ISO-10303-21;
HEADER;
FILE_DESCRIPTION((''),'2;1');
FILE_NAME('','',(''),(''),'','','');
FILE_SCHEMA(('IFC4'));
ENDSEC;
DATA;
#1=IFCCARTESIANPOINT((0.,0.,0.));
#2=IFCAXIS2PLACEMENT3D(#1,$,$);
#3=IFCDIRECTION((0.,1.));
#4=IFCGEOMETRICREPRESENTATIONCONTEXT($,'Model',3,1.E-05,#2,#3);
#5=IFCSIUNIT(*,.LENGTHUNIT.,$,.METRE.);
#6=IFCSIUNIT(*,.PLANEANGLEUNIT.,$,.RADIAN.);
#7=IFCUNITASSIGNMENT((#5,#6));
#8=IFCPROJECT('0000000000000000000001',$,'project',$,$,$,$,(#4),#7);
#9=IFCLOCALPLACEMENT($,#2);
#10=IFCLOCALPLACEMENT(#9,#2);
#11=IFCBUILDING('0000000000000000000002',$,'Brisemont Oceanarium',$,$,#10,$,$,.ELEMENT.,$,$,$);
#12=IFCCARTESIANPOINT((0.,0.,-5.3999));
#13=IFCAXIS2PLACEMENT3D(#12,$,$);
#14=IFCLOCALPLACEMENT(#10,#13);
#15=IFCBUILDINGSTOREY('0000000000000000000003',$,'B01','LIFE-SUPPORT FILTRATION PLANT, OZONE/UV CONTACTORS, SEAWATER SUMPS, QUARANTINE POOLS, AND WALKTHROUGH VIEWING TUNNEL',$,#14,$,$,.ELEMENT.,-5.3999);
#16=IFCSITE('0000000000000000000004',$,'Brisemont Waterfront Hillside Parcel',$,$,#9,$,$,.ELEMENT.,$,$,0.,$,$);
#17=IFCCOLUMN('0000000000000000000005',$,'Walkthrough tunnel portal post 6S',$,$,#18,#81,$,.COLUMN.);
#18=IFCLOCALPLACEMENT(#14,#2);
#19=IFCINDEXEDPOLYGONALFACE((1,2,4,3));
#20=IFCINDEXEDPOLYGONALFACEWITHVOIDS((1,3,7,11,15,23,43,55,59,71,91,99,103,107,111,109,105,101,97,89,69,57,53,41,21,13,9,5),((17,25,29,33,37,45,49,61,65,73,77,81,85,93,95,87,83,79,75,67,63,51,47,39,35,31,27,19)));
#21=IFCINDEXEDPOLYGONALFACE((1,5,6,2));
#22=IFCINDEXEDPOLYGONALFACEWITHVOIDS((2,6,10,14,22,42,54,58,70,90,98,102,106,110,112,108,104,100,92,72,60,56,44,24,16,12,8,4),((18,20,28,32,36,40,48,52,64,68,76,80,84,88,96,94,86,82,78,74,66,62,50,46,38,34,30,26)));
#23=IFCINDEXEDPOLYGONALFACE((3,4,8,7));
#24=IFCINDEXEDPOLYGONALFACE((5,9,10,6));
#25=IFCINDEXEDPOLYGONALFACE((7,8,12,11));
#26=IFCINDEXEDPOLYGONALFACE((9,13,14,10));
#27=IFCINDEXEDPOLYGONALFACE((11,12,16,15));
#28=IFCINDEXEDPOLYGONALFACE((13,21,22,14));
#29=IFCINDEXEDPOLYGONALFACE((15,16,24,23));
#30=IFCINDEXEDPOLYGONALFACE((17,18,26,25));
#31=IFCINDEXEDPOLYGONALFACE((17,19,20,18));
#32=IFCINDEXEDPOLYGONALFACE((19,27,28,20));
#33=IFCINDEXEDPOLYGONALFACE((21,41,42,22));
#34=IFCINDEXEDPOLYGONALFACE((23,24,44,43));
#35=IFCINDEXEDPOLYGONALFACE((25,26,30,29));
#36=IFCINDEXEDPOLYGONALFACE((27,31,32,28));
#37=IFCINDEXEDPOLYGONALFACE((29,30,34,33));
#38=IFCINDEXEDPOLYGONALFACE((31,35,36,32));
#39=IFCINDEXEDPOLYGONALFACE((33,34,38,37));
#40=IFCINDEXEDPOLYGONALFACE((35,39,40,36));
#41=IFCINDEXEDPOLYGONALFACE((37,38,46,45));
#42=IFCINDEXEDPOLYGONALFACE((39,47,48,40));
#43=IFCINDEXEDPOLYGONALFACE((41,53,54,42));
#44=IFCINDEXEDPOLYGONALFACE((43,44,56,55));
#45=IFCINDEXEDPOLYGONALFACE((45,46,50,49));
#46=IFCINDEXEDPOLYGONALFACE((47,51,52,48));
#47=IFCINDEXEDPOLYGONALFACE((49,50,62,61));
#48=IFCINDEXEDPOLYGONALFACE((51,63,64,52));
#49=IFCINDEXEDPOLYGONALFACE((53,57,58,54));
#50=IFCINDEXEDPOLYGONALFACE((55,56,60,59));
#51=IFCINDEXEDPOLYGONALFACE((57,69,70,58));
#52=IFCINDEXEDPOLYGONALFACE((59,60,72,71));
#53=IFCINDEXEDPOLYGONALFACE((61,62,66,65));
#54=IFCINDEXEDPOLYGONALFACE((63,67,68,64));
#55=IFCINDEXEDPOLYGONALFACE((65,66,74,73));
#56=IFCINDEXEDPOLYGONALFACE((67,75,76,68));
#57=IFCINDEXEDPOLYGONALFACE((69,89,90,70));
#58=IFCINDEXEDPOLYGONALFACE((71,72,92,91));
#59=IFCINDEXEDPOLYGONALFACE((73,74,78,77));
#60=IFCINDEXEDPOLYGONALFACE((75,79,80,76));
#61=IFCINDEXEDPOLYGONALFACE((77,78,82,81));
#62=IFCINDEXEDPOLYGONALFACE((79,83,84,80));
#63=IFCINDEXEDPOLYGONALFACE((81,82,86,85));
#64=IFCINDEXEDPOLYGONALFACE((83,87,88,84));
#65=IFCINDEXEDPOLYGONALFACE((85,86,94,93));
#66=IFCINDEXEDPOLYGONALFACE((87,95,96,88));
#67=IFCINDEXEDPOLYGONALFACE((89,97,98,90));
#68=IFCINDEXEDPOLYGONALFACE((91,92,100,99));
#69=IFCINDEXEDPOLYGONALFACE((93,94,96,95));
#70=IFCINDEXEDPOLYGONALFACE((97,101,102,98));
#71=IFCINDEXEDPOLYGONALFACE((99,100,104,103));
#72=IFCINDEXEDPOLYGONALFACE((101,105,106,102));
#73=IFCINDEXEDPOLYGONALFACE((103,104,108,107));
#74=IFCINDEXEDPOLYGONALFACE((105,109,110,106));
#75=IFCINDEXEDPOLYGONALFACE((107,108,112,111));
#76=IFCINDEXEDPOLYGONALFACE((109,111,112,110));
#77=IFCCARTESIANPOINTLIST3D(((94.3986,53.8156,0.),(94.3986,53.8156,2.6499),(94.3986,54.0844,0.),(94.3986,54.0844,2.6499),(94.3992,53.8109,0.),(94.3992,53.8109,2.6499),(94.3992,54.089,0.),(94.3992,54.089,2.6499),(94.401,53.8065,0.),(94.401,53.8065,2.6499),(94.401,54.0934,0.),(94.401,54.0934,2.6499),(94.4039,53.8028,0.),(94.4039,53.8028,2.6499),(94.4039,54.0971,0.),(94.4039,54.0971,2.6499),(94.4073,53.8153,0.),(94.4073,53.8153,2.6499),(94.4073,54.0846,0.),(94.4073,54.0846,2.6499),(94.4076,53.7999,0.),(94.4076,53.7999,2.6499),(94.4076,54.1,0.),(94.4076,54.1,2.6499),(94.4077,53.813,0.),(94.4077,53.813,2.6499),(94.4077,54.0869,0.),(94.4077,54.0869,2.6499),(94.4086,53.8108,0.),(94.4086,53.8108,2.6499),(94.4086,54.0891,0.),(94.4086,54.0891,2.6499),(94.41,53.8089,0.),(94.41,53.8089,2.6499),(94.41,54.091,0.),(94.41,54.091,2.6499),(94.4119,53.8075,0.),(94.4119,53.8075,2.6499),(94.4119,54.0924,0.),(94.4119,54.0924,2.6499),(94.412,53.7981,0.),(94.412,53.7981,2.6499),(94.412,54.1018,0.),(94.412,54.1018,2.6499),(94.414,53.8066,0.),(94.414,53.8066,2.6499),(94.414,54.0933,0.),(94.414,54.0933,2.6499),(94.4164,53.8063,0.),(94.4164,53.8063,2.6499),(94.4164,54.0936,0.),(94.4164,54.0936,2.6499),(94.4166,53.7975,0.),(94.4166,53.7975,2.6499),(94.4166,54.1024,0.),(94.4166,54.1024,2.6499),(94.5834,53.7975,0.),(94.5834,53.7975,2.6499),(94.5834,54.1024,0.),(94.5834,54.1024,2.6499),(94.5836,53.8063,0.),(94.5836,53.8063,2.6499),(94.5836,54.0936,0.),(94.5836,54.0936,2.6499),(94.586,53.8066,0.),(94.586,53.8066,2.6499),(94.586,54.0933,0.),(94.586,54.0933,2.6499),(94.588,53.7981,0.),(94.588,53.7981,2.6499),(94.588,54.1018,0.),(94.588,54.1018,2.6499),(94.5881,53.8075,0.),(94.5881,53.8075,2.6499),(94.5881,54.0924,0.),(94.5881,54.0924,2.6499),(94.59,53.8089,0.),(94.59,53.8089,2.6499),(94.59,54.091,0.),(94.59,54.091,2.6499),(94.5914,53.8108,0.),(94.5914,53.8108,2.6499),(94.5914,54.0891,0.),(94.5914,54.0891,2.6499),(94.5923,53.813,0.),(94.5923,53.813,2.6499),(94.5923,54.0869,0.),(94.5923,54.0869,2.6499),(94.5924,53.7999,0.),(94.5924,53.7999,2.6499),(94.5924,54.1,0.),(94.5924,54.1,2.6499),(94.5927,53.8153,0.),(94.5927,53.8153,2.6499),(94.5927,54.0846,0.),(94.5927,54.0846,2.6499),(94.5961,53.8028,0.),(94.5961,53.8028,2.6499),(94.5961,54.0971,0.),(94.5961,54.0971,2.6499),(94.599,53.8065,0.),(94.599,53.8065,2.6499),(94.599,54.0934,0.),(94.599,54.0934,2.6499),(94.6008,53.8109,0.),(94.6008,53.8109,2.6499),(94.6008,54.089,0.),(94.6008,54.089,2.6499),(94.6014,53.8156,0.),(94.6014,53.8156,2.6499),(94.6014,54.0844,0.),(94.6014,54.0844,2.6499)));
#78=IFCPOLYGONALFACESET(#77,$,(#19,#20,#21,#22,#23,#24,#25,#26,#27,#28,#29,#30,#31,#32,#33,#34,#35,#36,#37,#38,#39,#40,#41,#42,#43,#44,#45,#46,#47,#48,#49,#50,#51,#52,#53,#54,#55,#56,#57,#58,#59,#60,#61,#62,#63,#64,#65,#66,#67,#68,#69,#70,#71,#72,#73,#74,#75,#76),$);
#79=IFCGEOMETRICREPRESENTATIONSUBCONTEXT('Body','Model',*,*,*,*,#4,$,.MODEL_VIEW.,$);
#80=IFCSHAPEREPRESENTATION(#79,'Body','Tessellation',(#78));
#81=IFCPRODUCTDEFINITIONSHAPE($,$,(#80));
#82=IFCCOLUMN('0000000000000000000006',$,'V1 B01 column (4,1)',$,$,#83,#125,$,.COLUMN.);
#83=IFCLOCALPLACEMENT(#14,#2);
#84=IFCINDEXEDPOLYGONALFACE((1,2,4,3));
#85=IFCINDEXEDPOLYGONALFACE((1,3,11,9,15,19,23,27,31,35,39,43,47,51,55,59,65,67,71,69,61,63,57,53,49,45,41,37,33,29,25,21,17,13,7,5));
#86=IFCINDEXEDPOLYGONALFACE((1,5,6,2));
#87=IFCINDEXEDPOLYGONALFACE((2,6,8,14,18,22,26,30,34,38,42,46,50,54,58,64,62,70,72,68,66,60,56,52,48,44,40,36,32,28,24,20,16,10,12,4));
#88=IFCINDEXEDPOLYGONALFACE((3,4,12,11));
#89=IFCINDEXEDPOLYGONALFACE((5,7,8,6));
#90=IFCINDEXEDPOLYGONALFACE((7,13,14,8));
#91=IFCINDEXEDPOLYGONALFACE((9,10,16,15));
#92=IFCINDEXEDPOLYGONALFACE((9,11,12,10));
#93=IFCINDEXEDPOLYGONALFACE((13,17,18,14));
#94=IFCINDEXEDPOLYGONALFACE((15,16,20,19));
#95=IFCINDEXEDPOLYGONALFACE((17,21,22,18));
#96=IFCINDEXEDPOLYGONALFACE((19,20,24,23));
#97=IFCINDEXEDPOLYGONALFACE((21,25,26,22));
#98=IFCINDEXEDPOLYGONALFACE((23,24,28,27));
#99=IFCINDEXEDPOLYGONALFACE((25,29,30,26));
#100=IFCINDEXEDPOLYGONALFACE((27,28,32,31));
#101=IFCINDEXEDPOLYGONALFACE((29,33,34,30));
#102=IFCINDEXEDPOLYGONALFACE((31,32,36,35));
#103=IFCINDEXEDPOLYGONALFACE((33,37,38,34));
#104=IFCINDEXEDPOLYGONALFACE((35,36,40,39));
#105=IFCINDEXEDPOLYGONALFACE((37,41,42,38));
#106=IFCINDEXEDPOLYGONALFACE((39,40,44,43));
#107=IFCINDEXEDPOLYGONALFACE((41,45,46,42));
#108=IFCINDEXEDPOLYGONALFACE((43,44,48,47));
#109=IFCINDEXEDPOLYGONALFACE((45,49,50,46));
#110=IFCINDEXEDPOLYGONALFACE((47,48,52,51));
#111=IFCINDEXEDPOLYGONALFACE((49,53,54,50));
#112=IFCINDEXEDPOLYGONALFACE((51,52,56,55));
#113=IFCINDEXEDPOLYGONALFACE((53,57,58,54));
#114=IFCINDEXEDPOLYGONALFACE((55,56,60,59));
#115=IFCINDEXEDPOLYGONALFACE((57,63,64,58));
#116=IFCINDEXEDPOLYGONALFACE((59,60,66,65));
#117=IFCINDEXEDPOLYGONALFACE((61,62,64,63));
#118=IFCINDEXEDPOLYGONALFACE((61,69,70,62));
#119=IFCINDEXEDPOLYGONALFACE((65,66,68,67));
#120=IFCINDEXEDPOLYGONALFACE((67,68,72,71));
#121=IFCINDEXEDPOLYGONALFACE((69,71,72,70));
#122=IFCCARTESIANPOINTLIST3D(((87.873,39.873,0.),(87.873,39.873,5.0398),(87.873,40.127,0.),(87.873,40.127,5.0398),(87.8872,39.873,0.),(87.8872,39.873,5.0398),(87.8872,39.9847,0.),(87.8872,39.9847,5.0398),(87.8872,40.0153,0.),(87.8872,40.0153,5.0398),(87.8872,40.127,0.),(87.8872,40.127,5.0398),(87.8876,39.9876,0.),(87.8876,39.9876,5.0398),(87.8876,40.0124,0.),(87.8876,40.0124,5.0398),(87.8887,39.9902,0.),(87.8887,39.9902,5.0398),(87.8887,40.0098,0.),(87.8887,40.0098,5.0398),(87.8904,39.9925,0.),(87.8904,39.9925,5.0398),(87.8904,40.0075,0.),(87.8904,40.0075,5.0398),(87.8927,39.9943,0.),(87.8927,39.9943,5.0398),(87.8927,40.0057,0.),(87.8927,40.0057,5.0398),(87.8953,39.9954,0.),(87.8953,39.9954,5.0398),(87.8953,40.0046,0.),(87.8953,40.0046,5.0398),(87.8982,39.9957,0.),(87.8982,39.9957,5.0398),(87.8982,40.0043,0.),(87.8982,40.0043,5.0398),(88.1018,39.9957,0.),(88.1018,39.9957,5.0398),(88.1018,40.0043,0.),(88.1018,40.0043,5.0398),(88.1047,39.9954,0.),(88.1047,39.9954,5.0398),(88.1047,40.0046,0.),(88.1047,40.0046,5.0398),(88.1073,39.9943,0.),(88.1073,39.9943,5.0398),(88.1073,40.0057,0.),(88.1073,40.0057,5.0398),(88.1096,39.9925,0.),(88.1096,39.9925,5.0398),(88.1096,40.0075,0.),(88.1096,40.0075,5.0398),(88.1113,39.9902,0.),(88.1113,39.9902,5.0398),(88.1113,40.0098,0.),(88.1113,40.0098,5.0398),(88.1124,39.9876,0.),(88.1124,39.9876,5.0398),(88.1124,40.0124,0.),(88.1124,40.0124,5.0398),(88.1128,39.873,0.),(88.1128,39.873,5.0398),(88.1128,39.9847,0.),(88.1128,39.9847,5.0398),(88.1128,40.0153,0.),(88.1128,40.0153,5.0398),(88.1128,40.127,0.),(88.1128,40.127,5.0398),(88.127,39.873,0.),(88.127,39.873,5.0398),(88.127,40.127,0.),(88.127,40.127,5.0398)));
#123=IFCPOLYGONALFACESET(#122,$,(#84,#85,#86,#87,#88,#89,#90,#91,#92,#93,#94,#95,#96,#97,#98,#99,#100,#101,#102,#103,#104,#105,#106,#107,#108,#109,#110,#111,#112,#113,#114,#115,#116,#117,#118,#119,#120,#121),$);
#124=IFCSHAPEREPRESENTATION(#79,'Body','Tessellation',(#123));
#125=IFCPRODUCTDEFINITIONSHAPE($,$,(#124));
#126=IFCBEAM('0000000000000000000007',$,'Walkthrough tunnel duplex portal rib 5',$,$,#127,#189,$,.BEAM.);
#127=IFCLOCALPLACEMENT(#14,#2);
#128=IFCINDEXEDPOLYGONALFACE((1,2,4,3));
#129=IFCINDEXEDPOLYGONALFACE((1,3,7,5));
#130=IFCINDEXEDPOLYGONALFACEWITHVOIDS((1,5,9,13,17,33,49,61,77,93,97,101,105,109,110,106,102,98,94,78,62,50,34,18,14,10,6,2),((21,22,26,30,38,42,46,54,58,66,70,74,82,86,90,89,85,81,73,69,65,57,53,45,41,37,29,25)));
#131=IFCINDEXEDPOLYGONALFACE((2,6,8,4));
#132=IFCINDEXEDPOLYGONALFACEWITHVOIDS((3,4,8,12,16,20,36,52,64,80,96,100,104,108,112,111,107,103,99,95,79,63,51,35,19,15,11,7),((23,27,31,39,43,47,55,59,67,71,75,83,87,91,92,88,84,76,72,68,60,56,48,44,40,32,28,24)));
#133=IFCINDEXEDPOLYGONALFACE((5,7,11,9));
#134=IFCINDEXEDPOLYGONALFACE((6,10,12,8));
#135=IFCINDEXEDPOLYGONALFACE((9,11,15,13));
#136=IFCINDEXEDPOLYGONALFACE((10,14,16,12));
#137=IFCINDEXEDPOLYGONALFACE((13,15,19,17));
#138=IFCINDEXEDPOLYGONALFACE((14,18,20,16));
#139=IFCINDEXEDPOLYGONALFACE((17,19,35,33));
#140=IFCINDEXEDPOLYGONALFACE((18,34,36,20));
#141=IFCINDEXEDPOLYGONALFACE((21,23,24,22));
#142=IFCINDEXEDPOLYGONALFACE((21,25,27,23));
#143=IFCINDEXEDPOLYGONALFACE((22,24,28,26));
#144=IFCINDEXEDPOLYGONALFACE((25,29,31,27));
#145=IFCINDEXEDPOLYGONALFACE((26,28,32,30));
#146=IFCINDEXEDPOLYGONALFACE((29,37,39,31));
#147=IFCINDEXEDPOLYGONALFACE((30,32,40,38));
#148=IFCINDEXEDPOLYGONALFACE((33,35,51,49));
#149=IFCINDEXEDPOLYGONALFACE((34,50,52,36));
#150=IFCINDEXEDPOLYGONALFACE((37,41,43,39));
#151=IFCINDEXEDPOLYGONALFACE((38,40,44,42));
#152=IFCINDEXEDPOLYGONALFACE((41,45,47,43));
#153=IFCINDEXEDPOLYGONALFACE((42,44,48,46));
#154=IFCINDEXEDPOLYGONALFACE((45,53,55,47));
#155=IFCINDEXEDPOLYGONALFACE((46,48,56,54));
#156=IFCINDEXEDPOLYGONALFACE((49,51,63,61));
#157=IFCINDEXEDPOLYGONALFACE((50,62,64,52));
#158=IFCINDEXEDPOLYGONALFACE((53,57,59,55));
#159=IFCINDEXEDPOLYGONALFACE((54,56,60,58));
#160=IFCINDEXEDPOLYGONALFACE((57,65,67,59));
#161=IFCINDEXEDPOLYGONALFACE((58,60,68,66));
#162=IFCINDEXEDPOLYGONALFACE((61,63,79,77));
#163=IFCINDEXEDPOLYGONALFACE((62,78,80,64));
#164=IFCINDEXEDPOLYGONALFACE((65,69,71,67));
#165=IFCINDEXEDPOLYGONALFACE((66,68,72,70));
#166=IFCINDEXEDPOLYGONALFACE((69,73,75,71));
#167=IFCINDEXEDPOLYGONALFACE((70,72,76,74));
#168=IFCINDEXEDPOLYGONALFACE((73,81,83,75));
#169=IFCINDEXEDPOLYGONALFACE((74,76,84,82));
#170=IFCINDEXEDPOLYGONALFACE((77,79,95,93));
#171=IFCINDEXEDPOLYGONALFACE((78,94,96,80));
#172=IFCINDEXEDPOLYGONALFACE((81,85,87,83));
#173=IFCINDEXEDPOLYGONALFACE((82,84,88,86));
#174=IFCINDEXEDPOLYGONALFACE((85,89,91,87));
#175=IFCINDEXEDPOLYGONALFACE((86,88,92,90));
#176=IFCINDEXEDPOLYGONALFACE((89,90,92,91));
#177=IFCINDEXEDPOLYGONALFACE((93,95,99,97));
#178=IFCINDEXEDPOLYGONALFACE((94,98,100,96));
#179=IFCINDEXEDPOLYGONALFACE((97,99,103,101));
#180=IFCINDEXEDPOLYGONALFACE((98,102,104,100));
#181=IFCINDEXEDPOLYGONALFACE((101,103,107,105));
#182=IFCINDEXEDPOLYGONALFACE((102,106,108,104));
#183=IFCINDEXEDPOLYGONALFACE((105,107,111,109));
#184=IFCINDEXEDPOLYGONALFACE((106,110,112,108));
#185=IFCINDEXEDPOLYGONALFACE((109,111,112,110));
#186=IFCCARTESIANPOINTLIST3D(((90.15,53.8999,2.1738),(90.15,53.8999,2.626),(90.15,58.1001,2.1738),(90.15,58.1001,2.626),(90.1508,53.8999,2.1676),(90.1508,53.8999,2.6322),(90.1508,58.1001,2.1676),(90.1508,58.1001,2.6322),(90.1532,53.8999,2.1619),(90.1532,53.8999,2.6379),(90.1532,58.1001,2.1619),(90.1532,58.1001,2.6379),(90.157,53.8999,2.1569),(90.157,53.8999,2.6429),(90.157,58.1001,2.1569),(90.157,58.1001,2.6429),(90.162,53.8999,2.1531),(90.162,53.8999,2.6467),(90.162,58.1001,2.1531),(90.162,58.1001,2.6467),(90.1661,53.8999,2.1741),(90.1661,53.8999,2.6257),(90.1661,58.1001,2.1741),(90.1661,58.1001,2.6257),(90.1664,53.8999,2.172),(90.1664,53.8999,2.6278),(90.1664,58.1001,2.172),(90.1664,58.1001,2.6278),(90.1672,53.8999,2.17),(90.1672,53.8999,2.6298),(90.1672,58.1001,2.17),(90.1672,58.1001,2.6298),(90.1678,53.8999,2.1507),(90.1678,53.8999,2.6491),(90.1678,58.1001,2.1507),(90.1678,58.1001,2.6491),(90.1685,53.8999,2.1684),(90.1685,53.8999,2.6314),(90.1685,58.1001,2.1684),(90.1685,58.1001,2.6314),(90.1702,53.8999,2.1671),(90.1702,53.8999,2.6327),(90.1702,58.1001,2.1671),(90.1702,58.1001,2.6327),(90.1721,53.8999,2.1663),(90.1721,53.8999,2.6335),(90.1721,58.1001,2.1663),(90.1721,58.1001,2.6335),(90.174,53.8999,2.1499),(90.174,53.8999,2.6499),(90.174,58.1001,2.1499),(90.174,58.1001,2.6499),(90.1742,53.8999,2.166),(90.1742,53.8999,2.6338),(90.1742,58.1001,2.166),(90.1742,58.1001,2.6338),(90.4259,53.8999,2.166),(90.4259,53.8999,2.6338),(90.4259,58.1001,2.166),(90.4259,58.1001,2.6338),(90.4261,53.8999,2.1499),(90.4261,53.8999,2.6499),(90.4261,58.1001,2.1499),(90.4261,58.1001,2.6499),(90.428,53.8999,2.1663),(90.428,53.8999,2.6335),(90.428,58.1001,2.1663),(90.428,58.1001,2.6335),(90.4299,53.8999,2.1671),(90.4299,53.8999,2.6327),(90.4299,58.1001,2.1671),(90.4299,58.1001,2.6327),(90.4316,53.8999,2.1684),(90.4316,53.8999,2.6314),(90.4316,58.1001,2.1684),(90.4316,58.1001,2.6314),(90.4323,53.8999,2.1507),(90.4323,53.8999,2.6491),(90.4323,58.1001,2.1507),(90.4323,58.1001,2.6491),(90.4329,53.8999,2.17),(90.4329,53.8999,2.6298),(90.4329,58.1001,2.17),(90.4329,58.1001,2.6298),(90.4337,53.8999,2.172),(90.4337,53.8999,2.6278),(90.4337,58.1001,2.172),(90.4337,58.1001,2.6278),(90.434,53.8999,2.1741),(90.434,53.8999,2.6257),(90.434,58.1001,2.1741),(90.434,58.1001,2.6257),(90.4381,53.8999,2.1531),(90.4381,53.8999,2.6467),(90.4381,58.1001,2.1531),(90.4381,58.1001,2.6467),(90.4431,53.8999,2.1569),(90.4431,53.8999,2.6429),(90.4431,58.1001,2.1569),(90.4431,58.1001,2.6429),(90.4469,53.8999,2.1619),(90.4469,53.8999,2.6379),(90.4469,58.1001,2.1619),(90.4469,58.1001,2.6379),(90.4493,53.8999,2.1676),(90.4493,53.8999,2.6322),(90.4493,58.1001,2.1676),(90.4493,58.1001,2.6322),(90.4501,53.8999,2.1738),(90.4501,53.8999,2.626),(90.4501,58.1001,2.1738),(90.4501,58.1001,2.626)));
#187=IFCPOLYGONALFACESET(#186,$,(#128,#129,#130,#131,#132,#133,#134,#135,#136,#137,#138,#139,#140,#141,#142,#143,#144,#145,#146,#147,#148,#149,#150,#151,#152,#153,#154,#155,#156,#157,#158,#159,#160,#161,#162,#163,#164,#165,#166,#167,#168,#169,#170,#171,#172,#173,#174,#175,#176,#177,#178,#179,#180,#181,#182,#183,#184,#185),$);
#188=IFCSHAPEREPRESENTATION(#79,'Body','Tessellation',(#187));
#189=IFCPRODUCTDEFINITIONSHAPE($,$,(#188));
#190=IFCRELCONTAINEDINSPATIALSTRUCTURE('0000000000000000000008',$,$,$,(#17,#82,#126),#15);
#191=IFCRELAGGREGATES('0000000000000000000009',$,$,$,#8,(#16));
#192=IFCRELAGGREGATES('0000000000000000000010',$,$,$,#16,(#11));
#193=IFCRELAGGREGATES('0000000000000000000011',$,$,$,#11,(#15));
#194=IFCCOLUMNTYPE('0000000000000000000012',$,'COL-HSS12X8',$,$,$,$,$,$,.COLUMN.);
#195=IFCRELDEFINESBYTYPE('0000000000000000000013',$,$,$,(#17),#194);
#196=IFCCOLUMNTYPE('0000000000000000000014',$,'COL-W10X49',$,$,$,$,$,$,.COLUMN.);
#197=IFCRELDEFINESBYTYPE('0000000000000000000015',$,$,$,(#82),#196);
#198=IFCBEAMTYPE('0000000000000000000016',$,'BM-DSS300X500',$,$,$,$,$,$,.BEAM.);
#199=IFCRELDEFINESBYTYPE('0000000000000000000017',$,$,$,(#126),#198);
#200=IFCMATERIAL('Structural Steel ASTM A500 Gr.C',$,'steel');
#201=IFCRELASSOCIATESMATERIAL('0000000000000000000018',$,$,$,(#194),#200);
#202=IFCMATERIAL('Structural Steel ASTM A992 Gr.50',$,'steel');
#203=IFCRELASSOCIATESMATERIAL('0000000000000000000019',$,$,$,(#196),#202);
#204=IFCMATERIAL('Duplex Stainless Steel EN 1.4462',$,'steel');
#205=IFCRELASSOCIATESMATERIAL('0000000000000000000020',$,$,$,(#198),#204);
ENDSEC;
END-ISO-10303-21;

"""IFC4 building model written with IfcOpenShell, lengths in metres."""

from ifc_helpers import new_model, si_unit, direction, frame, origin, origin_2d, place, context, subcontext, project, spatial, hollow_rectangle, i_section, extrude, material, material_profile, profile_set, type_object, element, save


model = new_model("IFC4")

# Units and contexts
model_context = context("Model", 3, precision=1e-05, world=origin(), true_north=direction((0.0, 1.0)))
body_context = subcontext(model_context, "Body", "Model", "MODEL_VIEW")
ifc_project = project(units=[si_unit("LENGTHUNIT", "METRE"), si_unit("PLANEANGLEUNIT", "RADIAN")], contexts=[model_context])

# Site, building, storey
site_placement = place(None, origin())
site = spatial("IfcSite", under=ifc_project, at=site_placement, Name="Brisemont Waterfront Hillside Parcel", CompositionType="ELEMENT", RefElevation=0.0)
building_placement = place(site_placement, origin())
building = spatial("IfcBuilding", under=site, at=building_placement, Name="Brisemont Oceanarium", CompositionType="ELEMENT")
storey_placement = place(building_placement, frame((0.0, 0.0, -5.3999)))
storey = spatial("IfcBuildingStorey", under=building, at=storey_placement, Name="B01", Description="LIFE-SUPPORT FILTRATION PLANT, OZONE/UV CONTACTORS, SEAWATER SUMPS, QUARANTINE POOLS, AND WALKTHROUGH VIEWING TUNNEL", CompositionType="ELEMENT", Elevation=-5.3999)

# Columns
ifc_material_1 = material(Name="Structural Steel ASTM A500 Gr.C", Category="steel")
ifc_material_profile_1 = material_profile(ifc_material_1, hollow_rectangle(XDim=0.2029, YDim=0.3049, WallThickness=0.0088, InnerFilletRadius=0.009, OuterFilletRadius=0.0181, at=origin_2d()), Name="HSS12X8X3/8")
ifc_profile_set_1 = profile_set([ifc_material_profile_1], Name="Structural Steel ASTM A500 Gr.C")
column_type_1 = type_object("IfcColumnType", Name="COL-HSS12X8", PredefinedType="COLUMN", material=ifc_profile_set_1)
for number, where, z_axis, x_axis, name in (
    (1, (94.5, 53.95, 0.0), (0.0, 0.0, 1.0), (1.0, 0.0, 0.0), "Walkthrough tunnel portal post 6S"),
):
    element("IfcColumn", number, at=place(storey_placement, frame(where, z_axis=z_axis, x_axis=x_axis)), inside=storey, type_object=column_type_1, Name=name, PredefinedType="COLUMN", context=body_context, shape_type="SweptSolid", body=[
        extrude(hollow_rectangle(XDim=0.2029, YDim=0.3049, WallThickness=0.0088, InnerFilletRadius=0.009, OuterFilletRadius=0.0181, at=origin_2d()), origin(), (0.0, 0.0, 1.0), 2.6499),
    ])
ifc_material_2 = material(Name="Structural Steel ASTM A992 Gr.50", Category="steel")
ifc_material_profile_2 = material_profile(ifc_material_2, i_section(OverallWidth=0.2539, OverallDepth=0.2539, WebThickness=0.0085, FlangeThickness=0.0142, FilletRadius=0.011, at=origin_2d()), Name="W10X49")
ifc_profile_set_2 = profile_set([ifc_material_profile_2], Name="Structural Steel ASTM A992 Gr.50")
column_type_2 = type_object("IfcColumnType", Name="COL-W10X49", PredefinedType="COLUMN", material=ifc_profile_set_2)
column_1_placement = place(storey_placement, frame((88.0, 40.0, 0.0), z_axis=(0.0, 0.0, 1.0), x_axis=(0.0, 1.0, 0.0)))
element("IfcColumn", 2, at=column_1_placement, inside=storey, type_object=column_type_2, Name="V1 B01 column (4,1)", PredefinedType="COLUMN", context=body_context, shape_type="SweptSolid", body=[
    extrude(i_section(OverallWidth=0.2539, OverallDepth=0.2539, WebThickness=0.0085, FlangeThickness=0.0142, FilletRadius=0.011, at=origin_2d()), origin(), (0.0, 0.0, 1.0), 5.0398),
])

# Beam
ifc_material_3 = material(Name="Duplex Stainless Steel EN 1.4462", Category="steel")
ifc_material_profile_3 = material_profile(ifc_material_3, hollow_rectangle(XDim=0.3, YDim=0.5, WallThickness=0.0161, InnerFilletRadius=0.0081, OuterFilletRadius=0.0239, at=origin_2d()), Name="DSS-300X500")
ifc_profile_set_3 = profile_set([ifc_material_profile_3], Name="Duplex Stainless Steel EN 1.4462")
beam_type = type_object("IfcBeamType", Name="BM-DSS300X500", PredefinedType="BEAM", material=ifc_profile_set_3)
for number, where, z_axis, x_axis, name in (
    (3, (90.3, 53.8999, 2.3999), (0.0, 1.0, 0.0), (-1.0, 0.0, 0.0), "Walkthrough tunnel duplex portal rib 5"),
):
    element("IfcBeam", number, at=place(storey_placement, frame(where, z_axis=z_axis, x_axis=x_axis)), inside=storey, type_object=beam_type, Name=name, PredefinedType="BEAM", context=body_context, shape_type="SweptSolid", body=[
        extrude(hollow_rectangle(XDim=0.3, YDim=0.5, WallThickness=0.0161, InnerFilletRadius=0.0081, OuterFilletRadius=0.0239, at=origin_2d()), origin(), (0.0, 0.0, 1.0), 4.2002),
    ])

save(model, "model.ifc")
